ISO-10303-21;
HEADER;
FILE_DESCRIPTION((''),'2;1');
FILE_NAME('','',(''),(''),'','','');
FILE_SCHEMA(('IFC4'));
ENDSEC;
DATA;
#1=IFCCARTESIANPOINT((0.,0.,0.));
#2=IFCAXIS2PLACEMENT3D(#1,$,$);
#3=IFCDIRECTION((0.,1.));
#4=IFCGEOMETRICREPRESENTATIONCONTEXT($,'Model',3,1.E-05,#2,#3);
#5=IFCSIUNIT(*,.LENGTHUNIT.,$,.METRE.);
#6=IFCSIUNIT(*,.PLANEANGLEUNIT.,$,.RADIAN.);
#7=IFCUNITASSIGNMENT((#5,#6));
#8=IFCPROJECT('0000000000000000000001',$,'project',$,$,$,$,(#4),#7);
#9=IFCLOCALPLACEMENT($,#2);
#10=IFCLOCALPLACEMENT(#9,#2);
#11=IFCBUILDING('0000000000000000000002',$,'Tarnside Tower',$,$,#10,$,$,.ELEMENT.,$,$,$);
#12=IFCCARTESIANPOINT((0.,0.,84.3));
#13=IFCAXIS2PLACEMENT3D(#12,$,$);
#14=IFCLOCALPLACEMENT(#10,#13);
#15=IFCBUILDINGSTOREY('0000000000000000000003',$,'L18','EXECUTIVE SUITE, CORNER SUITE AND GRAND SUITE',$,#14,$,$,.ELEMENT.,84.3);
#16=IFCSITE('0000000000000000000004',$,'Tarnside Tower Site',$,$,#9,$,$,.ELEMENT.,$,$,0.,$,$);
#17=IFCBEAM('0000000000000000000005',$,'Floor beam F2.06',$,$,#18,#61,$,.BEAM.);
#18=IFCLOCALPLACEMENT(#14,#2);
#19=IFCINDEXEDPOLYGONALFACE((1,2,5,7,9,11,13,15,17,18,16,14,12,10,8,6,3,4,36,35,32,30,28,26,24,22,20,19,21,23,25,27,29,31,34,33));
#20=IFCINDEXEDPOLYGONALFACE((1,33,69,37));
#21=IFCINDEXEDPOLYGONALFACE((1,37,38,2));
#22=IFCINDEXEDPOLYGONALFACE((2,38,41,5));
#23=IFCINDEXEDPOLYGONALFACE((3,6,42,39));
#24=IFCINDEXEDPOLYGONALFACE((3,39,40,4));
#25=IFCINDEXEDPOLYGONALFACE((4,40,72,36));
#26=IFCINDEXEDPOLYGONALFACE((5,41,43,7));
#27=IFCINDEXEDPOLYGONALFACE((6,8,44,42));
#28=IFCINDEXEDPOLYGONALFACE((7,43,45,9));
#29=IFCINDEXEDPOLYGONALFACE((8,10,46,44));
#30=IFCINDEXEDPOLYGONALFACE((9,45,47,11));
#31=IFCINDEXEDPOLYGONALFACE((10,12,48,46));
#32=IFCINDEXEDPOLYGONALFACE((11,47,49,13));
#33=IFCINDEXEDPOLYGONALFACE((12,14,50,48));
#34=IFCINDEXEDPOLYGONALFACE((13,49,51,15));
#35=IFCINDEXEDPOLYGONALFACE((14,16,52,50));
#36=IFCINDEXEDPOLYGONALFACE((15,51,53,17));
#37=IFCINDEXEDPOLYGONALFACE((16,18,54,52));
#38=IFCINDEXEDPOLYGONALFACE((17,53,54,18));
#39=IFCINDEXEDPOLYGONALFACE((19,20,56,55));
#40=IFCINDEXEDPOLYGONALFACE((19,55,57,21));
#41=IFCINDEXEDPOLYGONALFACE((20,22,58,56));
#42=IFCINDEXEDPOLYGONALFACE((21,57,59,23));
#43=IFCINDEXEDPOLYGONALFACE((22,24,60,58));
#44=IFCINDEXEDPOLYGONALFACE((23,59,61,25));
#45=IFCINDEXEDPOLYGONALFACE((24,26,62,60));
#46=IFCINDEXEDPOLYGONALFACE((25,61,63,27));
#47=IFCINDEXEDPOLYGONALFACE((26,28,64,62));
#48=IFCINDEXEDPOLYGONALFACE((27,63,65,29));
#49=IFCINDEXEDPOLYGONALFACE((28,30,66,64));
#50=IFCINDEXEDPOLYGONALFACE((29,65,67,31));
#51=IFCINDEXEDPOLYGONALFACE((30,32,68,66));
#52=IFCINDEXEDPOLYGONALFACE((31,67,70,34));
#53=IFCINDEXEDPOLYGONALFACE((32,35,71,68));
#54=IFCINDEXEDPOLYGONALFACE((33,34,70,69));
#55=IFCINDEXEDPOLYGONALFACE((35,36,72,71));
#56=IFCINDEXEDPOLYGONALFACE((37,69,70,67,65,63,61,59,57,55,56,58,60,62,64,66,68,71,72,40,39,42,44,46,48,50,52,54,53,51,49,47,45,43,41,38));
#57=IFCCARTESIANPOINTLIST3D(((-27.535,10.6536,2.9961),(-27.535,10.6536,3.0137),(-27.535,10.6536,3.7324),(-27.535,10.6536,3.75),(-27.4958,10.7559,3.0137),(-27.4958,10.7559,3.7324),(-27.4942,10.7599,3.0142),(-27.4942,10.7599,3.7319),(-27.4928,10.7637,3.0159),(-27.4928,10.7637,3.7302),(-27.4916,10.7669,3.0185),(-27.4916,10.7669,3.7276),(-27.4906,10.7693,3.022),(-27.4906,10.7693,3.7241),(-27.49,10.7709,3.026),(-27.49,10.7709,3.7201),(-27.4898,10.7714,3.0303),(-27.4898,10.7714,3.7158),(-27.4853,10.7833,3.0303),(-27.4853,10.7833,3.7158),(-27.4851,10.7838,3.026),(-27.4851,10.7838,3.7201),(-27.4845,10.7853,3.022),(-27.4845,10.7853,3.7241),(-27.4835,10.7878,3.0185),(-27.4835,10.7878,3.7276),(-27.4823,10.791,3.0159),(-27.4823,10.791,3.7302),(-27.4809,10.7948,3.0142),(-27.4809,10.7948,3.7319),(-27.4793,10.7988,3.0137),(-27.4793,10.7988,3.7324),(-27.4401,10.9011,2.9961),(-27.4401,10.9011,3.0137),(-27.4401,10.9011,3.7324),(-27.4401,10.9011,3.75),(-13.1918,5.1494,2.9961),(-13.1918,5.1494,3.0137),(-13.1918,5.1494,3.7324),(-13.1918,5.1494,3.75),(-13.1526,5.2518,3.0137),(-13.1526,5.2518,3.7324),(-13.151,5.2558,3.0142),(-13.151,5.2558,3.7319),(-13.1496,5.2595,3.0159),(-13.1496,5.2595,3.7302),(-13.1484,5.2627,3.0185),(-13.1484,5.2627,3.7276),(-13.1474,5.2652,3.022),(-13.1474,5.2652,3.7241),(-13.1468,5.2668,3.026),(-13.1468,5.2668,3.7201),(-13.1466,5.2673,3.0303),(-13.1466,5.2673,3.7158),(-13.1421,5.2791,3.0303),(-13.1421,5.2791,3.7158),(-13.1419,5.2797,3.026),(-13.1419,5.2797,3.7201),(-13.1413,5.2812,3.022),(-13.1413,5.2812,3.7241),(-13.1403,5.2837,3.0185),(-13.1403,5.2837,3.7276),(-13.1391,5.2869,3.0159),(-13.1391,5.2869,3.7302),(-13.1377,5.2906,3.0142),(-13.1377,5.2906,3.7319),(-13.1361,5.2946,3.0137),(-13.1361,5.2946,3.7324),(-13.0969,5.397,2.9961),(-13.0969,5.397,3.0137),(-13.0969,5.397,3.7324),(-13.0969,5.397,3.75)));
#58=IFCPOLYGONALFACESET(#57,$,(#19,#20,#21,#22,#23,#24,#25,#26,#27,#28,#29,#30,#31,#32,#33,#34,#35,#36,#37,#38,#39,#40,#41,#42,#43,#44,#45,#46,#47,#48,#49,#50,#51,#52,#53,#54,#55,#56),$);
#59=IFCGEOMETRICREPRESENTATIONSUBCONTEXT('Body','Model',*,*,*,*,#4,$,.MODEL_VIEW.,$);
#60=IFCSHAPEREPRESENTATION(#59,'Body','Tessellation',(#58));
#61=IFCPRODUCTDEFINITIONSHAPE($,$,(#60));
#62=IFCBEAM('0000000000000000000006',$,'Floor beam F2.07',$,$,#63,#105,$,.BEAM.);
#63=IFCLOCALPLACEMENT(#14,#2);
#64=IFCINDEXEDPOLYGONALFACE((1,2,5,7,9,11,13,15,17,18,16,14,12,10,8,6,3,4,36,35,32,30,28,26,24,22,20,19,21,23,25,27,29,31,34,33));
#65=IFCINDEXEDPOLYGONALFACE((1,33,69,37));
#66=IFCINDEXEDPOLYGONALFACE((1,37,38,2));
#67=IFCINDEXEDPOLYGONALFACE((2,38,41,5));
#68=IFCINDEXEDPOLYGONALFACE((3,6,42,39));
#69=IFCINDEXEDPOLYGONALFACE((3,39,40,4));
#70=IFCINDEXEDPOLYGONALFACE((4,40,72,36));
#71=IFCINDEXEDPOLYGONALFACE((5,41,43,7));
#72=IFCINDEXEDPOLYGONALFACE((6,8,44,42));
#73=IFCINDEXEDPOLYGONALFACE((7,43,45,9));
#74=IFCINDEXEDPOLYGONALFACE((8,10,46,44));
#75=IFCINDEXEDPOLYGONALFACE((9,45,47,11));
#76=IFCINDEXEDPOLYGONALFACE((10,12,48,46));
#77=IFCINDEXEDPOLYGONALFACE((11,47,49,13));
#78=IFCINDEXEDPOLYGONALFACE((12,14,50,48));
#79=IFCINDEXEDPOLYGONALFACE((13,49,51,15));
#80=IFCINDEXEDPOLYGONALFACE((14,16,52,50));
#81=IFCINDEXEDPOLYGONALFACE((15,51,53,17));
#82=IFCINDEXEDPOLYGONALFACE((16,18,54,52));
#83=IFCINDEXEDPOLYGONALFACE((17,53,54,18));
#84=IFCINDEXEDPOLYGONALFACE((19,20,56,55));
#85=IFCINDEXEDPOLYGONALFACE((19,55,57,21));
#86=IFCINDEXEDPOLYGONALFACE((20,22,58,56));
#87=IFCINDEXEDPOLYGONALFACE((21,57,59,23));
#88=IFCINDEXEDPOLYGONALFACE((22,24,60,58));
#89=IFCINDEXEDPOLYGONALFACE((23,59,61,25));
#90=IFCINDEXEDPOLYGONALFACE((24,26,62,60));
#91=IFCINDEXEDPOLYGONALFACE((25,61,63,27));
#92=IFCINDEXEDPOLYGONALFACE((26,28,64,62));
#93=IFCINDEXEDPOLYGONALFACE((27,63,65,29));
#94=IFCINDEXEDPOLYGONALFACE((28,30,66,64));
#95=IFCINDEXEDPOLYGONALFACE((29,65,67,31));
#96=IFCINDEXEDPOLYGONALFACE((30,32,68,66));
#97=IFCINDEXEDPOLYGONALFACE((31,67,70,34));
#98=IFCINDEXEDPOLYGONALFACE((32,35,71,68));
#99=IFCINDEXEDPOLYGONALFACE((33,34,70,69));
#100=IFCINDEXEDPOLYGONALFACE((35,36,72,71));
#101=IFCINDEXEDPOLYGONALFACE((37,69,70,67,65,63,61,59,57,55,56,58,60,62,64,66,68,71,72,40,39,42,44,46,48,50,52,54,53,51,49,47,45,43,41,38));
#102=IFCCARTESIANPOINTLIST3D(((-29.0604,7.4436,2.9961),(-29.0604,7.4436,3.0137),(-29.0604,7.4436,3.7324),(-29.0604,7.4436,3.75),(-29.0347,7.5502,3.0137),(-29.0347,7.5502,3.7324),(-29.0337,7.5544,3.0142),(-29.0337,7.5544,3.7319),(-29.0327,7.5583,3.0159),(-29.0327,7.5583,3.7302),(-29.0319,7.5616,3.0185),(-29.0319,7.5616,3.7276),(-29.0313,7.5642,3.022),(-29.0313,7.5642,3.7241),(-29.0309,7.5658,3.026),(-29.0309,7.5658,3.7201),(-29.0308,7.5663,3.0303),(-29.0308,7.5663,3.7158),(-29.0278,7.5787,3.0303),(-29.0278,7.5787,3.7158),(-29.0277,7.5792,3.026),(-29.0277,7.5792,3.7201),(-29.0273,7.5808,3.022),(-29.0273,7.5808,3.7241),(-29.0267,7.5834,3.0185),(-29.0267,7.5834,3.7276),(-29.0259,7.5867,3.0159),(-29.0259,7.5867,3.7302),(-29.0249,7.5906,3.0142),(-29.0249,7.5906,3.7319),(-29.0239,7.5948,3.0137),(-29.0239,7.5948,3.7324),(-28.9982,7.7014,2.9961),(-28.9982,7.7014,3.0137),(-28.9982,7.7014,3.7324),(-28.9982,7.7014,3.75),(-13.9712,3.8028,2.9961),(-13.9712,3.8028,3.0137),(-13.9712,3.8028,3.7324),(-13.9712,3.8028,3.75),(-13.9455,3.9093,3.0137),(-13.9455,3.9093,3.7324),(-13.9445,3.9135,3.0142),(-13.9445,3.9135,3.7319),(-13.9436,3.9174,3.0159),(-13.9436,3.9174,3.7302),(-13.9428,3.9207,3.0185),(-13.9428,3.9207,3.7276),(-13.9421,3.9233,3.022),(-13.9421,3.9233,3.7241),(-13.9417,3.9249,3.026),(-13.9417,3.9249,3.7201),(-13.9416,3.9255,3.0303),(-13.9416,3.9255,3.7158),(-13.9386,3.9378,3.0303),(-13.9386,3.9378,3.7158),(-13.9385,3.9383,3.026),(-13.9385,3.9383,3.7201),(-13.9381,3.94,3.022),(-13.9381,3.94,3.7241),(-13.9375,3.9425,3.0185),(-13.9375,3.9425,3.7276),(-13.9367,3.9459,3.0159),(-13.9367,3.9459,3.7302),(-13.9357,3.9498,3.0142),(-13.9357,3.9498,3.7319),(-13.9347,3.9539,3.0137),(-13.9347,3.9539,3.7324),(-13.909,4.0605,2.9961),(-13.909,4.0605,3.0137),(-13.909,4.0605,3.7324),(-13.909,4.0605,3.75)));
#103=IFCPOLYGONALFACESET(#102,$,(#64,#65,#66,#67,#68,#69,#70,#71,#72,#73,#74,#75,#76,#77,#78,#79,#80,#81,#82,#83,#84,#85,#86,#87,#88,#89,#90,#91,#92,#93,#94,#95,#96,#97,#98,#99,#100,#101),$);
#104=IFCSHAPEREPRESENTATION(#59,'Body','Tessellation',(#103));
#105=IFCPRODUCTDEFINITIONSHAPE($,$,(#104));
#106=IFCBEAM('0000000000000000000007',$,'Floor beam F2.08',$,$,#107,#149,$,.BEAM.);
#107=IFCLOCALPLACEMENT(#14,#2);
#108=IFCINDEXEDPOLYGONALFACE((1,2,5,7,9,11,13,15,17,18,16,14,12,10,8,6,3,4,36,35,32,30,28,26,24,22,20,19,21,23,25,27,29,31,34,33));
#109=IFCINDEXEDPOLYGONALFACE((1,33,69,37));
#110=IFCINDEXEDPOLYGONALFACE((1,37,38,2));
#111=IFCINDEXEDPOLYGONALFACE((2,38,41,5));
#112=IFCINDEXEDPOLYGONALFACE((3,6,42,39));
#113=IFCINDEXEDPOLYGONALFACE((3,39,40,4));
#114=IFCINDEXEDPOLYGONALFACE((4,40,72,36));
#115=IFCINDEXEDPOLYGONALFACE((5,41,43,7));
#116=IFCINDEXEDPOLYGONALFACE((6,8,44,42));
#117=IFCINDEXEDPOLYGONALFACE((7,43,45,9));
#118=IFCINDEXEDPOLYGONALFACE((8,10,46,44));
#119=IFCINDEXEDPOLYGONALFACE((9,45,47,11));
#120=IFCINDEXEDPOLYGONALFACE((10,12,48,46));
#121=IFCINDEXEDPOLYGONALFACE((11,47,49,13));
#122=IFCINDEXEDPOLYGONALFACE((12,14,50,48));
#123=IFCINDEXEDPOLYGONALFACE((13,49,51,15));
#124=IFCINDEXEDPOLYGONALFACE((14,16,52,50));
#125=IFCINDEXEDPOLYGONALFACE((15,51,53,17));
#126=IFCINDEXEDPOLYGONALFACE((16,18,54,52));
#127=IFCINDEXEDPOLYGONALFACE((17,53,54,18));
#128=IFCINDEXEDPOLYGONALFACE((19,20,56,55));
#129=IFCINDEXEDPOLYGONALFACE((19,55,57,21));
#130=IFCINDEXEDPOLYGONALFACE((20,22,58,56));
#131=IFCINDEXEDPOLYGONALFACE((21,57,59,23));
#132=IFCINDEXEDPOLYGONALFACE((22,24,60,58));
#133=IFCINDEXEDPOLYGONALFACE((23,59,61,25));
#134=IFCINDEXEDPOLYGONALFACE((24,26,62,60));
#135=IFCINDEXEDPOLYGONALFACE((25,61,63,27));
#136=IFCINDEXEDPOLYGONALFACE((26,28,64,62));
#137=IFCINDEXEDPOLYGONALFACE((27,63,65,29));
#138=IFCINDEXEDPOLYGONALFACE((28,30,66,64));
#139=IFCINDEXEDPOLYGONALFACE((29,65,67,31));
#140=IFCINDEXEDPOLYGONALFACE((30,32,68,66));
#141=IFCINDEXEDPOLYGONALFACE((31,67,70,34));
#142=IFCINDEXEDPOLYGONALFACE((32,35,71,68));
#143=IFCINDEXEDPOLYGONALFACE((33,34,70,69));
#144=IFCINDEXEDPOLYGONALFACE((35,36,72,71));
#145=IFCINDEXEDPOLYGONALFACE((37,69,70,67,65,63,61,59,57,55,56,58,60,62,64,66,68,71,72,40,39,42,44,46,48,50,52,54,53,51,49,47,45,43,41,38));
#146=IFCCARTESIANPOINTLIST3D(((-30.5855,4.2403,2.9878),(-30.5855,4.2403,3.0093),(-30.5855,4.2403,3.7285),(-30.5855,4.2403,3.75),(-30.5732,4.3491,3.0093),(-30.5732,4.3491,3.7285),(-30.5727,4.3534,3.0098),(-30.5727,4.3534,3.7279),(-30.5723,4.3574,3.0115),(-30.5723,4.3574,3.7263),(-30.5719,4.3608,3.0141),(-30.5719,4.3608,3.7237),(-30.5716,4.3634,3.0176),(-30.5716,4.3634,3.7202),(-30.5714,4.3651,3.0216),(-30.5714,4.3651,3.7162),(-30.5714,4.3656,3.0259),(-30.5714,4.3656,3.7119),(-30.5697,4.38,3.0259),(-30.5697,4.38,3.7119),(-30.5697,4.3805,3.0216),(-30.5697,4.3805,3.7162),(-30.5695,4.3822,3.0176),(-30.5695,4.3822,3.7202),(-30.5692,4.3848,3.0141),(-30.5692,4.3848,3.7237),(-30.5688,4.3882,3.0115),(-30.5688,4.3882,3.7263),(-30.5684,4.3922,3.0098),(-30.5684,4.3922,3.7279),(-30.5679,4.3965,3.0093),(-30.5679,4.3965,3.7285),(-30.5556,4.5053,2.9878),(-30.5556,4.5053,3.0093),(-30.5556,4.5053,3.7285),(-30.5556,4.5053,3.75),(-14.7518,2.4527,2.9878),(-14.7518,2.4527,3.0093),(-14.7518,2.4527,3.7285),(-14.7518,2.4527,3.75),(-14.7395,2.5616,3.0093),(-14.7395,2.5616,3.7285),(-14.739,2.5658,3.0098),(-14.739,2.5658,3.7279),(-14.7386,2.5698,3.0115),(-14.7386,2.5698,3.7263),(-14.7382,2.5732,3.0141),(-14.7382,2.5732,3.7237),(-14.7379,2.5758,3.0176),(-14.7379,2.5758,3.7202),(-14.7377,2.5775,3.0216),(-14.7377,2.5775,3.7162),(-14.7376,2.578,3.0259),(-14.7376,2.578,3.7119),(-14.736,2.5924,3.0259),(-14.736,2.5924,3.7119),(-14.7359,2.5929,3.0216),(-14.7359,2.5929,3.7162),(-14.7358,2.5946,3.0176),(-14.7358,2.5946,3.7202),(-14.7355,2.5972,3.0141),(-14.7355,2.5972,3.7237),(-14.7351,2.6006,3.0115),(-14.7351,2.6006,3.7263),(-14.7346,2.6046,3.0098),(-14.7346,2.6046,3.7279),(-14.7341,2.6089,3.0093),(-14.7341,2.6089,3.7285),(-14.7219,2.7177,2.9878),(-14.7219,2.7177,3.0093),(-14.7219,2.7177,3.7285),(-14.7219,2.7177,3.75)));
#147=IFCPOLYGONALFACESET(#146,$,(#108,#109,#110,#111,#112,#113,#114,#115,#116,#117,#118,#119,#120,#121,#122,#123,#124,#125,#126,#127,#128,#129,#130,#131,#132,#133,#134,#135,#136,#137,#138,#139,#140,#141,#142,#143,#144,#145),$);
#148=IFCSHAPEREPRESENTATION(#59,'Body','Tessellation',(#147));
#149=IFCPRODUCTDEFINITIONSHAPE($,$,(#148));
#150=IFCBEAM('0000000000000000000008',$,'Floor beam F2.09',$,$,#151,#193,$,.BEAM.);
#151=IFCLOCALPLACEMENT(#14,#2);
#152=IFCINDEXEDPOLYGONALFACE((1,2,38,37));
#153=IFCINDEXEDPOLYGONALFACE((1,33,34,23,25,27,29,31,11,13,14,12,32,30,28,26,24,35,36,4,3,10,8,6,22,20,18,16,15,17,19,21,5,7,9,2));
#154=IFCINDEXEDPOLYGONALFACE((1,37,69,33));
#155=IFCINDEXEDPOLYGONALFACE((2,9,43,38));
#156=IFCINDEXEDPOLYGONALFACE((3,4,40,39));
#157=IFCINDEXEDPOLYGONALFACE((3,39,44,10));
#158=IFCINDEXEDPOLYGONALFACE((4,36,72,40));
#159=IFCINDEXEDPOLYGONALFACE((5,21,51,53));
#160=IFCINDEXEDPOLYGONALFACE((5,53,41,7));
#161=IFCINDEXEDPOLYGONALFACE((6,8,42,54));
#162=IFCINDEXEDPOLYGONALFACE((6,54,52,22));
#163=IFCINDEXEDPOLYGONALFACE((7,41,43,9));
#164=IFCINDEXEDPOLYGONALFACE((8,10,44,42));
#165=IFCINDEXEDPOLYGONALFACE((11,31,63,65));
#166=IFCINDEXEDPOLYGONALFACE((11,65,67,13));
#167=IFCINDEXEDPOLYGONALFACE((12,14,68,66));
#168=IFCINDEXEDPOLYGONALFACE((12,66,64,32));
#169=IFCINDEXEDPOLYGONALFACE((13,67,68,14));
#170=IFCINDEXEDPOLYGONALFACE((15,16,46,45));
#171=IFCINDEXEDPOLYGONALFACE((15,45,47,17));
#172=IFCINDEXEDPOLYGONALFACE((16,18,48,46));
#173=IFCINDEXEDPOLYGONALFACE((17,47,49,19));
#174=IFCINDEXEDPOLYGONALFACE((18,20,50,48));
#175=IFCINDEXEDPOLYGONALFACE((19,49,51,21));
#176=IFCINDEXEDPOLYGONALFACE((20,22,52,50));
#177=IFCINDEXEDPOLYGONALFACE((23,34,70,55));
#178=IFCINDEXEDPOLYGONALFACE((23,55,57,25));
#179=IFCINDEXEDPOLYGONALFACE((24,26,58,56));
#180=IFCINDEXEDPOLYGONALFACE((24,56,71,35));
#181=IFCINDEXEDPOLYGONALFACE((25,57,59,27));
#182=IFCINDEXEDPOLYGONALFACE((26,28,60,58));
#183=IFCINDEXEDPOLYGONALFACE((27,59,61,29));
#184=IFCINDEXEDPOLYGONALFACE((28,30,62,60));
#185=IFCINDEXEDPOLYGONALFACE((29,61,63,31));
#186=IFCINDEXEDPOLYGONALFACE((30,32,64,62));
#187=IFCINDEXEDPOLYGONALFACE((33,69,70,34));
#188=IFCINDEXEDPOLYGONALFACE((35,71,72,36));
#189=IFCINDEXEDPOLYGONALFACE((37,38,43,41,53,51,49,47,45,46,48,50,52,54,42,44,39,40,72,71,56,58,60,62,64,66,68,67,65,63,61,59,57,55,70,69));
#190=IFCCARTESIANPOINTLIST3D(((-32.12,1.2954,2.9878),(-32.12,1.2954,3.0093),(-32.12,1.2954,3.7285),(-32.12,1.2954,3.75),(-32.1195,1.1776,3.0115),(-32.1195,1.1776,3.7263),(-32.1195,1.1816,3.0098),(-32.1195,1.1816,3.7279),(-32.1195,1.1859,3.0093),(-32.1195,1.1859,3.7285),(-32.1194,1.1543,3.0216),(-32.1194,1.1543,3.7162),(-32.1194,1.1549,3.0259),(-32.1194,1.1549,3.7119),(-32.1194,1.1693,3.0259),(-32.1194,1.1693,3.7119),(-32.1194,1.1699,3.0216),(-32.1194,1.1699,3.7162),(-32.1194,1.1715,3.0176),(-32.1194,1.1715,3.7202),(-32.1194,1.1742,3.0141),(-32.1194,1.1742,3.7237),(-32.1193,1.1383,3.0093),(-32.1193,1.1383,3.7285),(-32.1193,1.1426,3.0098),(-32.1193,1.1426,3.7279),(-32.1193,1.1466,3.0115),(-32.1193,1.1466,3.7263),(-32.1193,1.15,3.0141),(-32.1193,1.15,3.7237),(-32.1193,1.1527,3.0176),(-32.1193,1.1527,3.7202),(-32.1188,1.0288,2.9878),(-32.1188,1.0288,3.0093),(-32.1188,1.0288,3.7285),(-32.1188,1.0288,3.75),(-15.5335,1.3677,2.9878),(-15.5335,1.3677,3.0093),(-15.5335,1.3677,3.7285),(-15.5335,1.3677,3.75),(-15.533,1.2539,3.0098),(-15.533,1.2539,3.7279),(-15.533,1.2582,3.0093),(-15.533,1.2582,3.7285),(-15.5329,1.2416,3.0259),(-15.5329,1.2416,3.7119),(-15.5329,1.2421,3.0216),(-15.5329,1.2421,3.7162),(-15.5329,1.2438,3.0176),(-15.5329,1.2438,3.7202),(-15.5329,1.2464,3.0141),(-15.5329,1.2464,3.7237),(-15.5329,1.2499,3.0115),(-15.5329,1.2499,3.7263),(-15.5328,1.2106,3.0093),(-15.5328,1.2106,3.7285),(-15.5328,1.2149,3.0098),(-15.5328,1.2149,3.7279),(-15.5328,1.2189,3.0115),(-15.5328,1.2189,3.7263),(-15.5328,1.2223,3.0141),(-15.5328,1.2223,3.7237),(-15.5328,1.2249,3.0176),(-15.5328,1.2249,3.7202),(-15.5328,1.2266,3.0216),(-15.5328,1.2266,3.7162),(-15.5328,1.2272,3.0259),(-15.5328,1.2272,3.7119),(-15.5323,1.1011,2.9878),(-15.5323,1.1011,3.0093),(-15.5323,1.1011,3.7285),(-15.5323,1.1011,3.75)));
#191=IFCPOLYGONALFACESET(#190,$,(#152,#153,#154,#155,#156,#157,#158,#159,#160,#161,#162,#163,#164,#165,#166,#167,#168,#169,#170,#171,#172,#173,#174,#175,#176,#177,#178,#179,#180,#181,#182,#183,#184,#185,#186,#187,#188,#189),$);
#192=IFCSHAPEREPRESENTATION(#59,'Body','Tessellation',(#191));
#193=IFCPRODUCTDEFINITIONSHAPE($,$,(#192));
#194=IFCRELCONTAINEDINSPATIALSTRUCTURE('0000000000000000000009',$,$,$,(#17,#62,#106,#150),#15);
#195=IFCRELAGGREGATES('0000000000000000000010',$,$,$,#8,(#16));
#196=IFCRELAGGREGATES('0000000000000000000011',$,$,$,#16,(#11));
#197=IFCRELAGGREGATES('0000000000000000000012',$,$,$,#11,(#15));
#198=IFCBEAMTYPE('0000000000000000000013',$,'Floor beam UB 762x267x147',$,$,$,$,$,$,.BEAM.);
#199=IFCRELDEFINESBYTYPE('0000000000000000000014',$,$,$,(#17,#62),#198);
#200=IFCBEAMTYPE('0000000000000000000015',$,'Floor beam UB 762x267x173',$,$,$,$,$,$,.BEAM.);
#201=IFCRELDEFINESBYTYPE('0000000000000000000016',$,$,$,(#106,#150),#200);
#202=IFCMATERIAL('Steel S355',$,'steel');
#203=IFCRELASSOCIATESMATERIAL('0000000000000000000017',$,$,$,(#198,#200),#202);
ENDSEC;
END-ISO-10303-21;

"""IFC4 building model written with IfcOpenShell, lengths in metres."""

from ifc_helpers import new_model, si_unit, direction, frame, origin, origin_2d, place, context, subcontext, project, spatial, i_section, extrude, material, material_profile, profile_set, type_object, element, save


model = new_model("IFC4")

# Units and contexts
model_context = context("Model", 3, precision=1e-05, world=origin(), true_north=direction((0.0, 1.0)))
body_context = subcontext(model_context, "Body", "Model", "MODEL_VIEW")
ifc_project = project(units=[si_unit("LENGTHUNIT", "METRE"), si_unit("PLANEANGLEUNIT", "RADIAN")], contexts=[model_context])

# Site, building, storey
site_placement = place(None, origin())
site = spatial("IfcSite", under=ifc_project, at=site_placement, Name="Tarnside Tower Site", CompositionType="ELEMENT", RefElevation=0.0)
building_placement = place(site_placement, origin())
building = spatial("IfcBuilding", under=site, at=building_placement, Name="Tarnside Tower", CompositionType="ELEMENT")
storey_placement = place(building_placement, frame((0.0, 0.0, 84.3)))
storey = spatial("IfcBuildingStorey", under=building, at=storey_placement, Name="L18", Description="EXECUTIVE SUITE, CORNER SUITE AND GRAND SUITE", CompositionType="ELEMENT", Elevation=84.3)

# Beams
ifc_material_1 = material(Name="Steel S355", Category="steel")
ifc_material_profile_1 = material_profile(ifc_material_1, i_section(OverallWidth=0.2651, OverallDepth=0.7539, WebThickness=0.0127, FlangeThickness=0.0176, FilletRadius=0.0166, at=origin_2d()), Name="UB 762x267x147")
ifc_profile_set_1 = profile_set([ifc_material_profile_1], Name="Steel S355")
beam_type_1 = type_object("IfcBeamType", Name="Floor beam UB 762x267x147", PredefinedType="BEAM", material=ifc_profile_set_1)
beam_1_placement = place(storey_placement, frame((-27.4875, 10.7773, 3.373), z_axis=(0.933618, -0.358271, 0.0), x_axis=(0.358271, 0.933618, 0.0)))
element("IfcBeam", 1, at=beam_1_placement, inside=storey, type_object=beam_type_1, Name="Floor beam F2.06", PredefinedType="BEAM", context=body_context, shape_type="SweptSolid", body=[
    extrude(i_section(OverallWidth=0.2651, OverallDepth=0.7539, WebThickness=0.0127, FlangeThickness=0.0176, FilletRadius=0.0166, at=origin_2d()), origin(), (0.0, 0.0, 1.0), 15.363),
])
beam_2_placement = place(storey_placement, frame((-29.0293, 7.5725, 3.373), z_axis=(0.972102, -0.23456, 0.0), x_axis=(0.23456, 0.972102, 0.0)))
element("IfcBeam", 2, at=beam_2_placement, inside=storey, type_object=beam_type_1, Name="Floor beam F2.07", PredefinedType="BEAM", context=body_context, shape_type="SweptSolid", body=[
    extrude(i_section(OverallWidth=0.2651, OverallDepth=0.7539, WebThickness=0.0127, FlangeThickness=0.0176, FilletRadius=0.0166, at=origin_2d()), origin(), (0.0, 0.0, 1.0), 15.5222),
])
ifc_material_profile_2 = material_profile(ifc_material_1, i_section(OverallWidth=0.2666, OverallDepth=0.7622, WebThickness=0.0144, FlangeThickness=0.0215, FilletRadius=0.0166, at=origin_2d()), Name="UB 762x267x173")
ifc_profile_set_2 = profile_set([ifc_material_profile_2], Name="Steel S355")
beam_type_2 = type_object("IfcBeamType", Name="Floor beam UB 762x267x173", PredefinedType="BEAM", material=ifc_profile_set_2)
beam_3_placement = place(storey_placement, frame((-30.5706, 4.3728, 3.3689), z_axis=(0.993687, -0.112185, 0.0), x_axis=(0.112185, 0.993687, 0.0)))
element("IfcBeam", 3, at=beam_3_placement, inside=storey, type_object=beam_type_2, Name="Floor beam F2.08", PredefinedType="BEAM", context=body_context, shape_type="SweptSolid", body=[
    extrude(i_section(OverallWidth=0.2666, OverallDepth=0.7622, WebThickness=0.0144, FlangeThickness=0.0215, FilletRadius=0.0166, at=origin_2d()), origin(), (0.0, 0.0, 1.0), 15.9343),
])
beam_4_placement = place(storey_placement, frame((-32.1194, 1.1621, 3.3689), z_axis=(0.999991, 0.004357, 0.0), x_axis=(-0.004357, 0.999991, 0.0)))
element("IfcBeam", 4, at=beam_4_placement, inside=storey, type_object=beam_type_2, Name="Floor beam F2.09", PredefinedType="BEAM", context=body_context, shape_type="SweptSolid", body=[
    extrude(i_section(OverallWidth=0.2666, OverallDepth=0.7622, WebThickness=0.0144, FlangeThickness=0.0215, FilletRadius=0.0166, at=origin_2d()), origin(), (0.0, 0.0, 1.0), 16.5867),
])

save(model, "model.ifc")
